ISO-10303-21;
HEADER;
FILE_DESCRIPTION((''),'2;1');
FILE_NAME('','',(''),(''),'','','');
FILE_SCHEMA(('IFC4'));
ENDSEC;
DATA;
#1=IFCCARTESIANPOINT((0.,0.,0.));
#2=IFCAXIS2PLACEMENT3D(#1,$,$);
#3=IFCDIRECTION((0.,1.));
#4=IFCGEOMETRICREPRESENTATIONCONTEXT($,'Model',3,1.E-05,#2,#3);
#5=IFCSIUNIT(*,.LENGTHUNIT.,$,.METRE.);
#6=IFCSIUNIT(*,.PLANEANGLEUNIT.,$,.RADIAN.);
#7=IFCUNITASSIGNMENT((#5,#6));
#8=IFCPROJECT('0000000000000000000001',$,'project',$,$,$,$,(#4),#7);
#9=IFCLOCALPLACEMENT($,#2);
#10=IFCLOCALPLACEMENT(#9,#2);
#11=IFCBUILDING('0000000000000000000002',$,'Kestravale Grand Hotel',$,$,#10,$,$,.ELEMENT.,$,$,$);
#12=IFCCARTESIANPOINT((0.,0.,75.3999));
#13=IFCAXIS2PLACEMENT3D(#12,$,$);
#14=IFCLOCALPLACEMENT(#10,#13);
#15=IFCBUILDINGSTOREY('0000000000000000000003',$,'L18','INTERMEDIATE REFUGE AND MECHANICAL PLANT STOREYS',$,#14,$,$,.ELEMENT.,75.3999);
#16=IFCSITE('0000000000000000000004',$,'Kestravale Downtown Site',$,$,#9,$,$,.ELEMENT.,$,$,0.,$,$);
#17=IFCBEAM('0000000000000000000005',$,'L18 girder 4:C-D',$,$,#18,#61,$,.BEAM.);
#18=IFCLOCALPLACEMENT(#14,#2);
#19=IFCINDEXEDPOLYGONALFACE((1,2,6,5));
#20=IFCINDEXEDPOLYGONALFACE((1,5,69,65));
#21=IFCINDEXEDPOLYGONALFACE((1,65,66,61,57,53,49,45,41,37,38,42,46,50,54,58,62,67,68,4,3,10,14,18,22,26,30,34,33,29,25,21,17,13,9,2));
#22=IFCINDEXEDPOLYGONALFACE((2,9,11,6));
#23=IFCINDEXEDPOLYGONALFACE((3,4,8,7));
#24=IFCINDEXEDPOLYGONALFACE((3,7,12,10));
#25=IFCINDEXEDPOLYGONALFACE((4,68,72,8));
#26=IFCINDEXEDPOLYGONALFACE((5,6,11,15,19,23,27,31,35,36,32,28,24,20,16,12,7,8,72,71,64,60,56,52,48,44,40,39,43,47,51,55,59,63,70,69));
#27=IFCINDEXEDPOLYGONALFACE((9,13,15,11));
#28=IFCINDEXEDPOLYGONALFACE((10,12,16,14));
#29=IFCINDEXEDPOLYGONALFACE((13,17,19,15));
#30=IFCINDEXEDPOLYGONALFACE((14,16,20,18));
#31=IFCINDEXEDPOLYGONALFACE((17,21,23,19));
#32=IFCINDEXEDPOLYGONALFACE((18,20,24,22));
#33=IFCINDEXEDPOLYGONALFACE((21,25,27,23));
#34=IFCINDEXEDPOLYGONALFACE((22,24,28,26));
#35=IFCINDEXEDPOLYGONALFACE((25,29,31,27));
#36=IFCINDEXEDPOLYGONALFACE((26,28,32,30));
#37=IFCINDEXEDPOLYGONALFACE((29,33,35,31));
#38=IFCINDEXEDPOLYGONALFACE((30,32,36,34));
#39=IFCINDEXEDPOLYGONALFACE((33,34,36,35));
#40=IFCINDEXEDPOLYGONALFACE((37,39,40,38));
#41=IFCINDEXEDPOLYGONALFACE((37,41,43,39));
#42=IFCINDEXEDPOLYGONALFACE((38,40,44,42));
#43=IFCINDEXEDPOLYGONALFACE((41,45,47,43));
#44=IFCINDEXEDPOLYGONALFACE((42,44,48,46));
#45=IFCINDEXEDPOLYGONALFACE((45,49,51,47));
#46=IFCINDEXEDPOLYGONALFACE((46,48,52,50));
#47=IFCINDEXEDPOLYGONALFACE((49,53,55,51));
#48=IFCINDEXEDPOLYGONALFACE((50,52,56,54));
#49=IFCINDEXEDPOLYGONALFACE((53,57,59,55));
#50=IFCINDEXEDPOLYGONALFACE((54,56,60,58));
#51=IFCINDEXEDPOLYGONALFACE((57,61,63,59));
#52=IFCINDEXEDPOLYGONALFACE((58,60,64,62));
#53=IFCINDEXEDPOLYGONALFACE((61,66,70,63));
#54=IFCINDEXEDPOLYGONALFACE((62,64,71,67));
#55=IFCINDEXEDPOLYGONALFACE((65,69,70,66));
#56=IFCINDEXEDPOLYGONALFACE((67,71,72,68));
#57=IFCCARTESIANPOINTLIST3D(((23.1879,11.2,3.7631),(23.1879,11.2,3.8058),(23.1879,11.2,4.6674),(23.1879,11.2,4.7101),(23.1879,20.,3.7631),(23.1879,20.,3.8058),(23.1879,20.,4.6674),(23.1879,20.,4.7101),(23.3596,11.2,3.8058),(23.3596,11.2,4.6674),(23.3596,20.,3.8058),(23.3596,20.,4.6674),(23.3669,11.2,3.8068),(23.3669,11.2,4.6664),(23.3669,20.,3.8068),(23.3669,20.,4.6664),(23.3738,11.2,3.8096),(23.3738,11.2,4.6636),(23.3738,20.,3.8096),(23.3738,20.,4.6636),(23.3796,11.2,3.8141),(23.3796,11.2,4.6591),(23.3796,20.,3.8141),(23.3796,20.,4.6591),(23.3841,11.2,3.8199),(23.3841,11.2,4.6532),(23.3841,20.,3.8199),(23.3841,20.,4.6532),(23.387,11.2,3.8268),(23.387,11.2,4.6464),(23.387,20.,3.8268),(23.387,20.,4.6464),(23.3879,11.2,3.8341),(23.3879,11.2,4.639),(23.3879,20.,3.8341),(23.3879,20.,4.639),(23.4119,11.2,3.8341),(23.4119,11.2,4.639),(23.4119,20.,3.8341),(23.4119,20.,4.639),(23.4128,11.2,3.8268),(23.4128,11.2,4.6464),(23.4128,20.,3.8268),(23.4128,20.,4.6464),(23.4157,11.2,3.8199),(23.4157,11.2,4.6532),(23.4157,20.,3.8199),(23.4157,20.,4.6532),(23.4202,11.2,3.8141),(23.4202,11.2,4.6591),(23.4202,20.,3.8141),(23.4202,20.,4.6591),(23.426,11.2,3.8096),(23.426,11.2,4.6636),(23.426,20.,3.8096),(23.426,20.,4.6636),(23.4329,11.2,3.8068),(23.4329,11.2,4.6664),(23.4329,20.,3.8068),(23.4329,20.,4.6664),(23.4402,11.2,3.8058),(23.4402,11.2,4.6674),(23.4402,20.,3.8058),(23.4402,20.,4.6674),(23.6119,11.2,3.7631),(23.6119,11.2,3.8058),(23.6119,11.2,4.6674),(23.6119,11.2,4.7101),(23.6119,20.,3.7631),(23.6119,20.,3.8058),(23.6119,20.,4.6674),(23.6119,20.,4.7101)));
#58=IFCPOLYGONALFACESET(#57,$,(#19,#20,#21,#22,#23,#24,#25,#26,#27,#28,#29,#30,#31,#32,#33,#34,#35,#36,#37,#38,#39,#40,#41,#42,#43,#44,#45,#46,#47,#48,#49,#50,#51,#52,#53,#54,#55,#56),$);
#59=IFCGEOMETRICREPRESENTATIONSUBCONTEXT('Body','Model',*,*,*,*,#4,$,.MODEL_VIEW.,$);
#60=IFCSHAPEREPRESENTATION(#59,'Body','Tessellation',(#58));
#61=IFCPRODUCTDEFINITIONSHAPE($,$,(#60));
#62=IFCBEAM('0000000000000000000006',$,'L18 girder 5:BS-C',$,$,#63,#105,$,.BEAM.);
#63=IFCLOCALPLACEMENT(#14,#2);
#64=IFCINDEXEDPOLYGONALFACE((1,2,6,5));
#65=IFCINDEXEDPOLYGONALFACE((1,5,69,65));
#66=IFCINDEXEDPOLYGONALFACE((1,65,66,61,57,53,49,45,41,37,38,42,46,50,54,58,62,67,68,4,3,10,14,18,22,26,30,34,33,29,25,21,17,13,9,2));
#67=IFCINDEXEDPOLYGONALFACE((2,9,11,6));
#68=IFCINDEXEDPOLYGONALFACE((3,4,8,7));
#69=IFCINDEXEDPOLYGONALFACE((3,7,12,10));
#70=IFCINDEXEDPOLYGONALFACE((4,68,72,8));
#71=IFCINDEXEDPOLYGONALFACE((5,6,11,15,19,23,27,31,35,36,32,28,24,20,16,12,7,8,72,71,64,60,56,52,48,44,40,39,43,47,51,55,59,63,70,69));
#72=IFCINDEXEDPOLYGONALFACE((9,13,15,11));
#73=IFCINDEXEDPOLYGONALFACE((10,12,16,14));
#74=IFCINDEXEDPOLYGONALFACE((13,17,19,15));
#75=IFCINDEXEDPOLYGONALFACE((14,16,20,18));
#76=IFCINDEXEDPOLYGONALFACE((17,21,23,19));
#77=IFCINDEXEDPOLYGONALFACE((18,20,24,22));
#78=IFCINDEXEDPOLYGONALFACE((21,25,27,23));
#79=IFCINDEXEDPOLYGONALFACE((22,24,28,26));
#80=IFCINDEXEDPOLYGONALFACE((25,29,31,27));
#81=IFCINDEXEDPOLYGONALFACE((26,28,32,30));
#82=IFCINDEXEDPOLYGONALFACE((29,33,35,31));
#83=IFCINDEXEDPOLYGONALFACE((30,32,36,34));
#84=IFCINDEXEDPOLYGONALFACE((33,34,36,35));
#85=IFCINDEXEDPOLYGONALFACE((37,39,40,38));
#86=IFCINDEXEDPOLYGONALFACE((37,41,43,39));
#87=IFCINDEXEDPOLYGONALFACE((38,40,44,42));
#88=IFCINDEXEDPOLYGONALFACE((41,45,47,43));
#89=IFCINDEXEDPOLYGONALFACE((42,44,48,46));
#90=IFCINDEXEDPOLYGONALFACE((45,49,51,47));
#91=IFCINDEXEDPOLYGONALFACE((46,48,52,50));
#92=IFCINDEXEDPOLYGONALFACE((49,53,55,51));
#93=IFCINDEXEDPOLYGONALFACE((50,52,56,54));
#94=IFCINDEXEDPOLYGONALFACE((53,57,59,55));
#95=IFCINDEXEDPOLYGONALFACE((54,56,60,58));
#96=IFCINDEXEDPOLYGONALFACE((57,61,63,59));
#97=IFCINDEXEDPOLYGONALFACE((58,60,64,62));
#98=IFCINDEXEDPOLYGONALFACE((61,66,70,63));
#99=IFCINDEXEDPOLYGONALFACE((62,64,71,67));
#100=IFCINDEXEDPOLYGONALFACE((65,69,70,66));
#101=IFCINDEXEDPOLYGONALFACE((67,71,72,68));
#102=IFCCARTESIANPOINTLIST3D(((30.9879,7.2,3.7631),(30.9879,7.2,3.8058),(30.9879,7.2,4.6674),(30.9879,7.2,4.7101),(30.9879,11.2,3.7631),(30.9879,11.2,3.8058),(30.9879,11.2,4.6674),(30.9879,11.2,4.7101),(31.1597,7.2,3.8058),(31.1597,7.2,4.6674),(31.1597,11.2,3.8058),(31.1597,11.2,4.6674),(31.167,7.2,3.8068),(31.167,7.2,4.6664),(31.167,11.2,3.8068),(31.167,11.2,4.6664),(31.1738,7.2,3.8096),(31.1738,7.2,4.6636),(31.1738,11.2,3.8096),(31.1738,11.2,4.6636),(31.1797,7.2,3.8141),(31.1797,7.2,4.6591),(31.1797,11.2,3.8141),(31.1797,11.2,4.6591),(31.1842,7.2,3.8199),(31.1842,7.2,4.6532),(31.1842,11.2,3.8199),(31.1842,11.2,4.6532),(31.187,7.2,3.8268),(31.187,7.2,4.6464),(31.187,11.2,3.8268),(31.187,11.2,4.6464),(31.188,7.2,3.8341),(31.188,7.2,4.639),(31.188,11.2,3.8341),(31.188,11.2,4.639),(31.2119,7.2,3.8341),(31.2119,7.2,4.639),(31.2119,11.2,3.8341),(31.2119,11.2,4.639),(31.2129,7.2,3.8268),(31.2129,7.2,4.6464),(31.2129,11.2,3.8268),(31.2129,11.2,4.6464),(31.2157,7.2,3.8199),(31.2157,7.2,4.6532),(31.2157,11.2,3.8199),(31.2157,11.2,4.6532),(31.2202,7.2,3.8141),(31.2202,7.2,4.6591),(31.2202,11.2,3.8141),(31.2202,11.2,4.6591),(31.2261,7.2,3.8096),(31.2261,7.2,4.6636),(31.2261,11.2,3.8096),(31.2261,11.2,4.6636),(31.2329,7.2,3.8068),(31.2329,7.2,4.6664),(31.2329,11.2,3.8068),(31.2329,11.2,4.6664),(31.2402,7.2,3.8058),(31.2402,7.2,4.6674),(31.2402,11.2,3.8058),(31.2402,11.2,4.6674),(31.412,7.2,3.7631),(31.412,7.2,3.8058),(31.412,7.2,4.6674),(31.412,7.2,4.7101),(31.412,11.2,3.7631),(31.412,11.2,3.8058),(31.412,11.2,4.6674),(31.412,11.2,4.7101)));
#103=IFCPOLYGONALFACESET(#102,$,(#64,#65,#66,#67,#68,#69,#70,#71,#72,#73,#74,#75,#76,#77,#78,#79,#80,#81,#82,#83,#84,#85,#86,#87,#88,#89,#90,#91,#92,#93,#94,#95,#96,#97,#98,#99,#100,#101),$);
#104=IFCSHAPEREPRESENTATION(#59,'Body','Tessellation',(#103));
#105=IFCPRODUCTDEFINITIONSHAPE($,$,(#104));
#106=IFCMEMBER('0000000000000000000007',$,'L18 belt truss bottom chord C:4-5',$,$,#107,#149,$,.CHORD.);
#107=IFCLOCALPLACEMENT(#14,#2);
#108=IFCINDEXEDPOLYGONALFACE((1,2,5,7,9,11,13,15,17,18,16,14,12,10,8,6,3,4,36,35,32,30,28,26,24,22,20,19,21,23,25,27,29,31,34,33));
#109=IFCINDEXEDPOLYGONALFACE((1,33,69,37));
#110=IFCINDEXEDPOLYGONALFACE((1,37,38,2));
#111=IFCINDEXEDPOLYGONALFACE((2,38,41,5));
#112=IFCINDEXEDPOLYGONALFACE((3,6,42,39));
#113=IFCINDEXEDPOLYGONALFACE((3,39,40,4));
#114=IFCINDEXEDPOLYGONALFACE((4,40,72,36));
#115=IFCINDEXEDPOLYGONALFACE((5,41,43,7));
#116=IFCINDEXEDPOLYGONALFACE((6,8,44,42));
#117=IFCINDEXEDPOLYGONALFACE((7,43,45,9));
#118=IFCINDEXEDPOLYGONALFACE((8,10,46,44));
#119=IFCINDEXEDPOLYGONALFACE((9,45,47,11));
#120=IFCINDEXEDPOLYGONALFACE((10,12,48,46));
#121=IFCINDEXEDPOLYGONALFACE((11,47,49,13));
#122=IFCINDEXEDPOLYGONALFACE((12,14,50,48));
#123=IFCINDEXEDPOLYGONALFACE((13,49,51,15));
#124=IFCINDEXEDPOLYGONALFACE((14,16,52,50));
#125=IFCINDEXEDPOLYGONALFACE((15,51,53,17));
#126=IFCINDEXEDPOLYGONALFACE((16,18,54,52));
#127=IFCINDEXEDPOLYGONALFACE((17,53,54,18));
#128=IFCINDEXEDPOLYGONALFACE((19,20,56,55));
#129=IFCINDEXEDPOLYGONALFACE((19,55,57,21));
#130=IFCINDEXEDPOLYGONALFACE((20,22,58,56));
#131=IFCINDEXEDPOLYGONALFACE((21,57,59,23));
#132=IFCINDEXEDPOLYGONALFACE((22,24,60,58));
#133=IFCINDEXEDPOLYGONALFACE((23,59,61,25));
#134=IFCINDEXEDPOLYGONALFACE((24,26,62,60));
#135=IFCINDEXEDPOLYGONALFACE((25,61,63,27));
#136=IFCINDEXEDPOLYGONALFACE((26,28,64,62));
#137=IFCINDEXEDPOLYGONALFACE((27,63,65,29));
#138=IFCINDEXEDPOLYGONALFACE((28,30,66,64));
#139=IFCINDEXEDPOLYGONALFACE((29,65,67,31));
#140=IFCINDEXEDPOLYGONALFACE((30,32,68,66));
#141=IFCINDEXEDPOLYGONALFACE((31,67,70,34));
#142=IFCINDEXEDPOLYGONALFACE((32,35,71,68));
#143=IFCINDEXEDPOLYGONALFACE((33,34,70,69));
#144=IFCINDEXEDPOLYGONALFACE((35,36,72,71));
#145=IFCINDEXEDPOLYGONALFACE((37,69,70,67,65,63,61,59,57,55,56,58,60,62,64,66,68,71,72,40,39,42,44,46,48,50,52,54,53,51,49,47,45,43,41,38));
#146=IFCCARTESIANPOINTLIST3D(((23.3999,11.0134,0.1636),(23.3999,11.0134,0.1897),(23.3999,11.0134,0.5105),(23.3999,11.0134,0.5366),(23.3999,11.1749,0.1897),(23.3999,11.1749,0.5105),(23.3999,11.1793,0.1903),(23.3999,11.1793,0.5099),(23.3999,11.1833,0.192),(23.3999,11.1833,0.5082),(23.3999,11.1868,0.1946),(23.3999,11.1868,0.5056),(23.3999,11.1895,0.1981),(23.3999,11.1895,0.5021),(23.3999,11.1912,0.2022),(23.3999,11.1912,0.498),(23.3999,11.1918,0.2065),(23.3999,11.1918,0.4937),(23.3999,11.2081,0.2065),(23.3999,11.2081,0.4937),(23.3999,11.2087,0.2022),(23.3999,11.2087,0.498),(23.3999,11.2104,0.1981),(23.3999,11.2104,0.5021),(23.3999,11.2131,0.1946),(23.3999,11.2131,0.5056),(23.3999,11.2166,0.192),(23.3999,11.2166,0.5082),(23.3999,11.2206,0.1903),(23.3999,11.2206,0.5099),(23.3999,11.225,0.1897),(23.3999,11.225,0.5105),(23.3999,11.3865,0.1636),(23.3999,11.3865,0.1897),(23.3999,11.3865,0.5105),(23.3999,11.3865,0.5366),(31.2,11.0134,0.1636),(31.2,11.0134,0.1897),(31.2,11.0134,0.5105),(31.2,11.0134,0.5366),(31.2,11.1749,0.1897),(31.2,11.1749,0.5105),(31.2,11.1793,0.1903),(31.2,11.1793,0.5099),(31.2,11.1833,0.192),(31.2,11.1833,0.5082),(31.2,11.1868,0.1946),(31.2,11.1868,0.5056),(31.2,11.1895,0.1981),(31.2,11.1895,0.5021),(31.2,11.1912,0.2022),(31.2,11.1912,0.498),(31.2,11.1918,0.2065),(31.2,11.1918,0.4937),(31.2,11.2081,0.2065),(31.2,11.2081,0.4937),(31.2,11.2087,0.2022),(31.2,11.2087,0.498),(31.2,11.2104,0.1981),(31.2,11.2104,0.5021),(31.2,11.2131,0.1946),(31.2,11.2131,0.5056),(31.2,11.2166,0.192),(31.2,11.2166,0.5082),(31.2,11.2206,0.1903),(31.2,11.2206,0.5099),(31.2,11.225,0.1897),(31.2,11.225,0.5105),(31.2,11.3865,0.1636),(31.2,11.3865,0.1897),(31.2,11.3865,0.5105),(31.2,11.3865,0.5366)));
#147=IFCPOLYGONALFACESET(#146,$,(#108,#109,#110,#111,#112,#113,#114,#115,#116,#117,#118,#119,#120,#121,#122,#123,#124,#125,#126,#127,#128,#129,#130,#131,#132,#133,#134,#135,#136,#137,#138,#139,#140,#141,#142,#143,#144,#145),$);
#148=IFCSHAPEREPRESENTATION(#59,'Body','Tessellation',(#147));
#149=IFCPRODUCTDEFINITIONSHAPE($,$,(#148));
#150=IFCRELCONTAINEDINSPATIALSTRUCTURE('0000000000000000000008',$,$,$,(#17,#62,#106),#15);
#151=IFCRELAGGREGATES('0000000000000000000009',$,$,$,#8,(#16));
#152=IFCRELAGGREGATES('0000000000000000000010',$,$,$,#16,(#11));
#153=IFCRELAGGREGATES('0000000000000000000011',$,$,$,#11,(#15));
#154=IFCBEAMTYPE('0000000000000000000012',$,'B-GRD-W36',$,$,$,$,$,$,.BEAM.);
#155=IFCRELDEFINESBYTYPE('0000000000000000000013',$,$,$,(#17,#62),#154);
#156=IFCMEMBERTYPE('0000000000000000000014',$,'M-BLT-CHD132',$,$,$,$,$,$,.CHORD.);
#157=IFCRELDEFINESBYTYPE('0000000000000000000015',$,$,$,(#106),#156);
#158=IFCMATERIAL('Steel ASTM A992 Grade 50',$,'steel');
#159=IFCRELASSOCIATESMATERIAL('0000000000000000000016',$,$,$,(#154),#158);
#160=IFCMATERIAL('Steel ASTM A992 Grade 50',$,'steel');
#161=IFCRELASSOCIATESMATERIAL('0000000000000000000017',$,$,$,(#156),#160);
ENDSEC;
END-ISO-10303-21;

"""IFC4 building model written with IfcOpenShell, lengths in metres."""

from ifc_helpers import new_model, si_unit, direction, frame, origin, origin_2d, place, context, subcontext, project, spatial, i_section, extrude, material, material_profile, profile_set, type_object, element, save


model = new_model("IFC4")

# Units and contexts
model_context = context("Model", 3, precision=1e-05, world=origin(), true_north=direction((0.0, 1.0)))
body_context = subcontext(model_context, "Body", "Model", "MODEL_VIEW")
ifc_project = project(units=[si_unit("LENGTHUNIT", "METRE"), si_unit("PLANEANGLEUNIT", "RADIAN")], contexts=[model_context])

# Site, building, storey
site_placement = place(None, origin())
site = spatial("IfcSite", under=ifc_project, at=site_placement, Name="Kestravale Downtown Site", CompositionType="ELEMENT", RefElevation=0.0)
building_placement = place(site_placement, origin())
building = spatial("IfcBuilding", under=site, at=building_placement, Name="Kestravale Grand Hotel", CompositionType="ELEMENT")
storey_placement = place(building_placement, frame((0.0, 0.0, 75.3999)))
storey = spatial("IfcBuildingStorey", under=building, at=storey_placement, Name="L18", Description="INTERMEDIATE REFUGE AND MECHANICAL PLANT STOREYS", CompositionType="ELEMENT", Elevation=75.3999)

# Beams
ifc_material_1 = material(Name="Steel ASTM A992 Grade 50", Category="steel")
ifc_material_profile_1 = material_profile(ifc_material_1, i_section(OverallWidth=0.4241, OverallDepth=0.947, WebThickness=0.0239, FlangeThickness=0.0427, FilletRadius=0.0283, at=origin_2d()))
ifc_profile_set_1 = profile_set([ifc_material_profile_1], Name="Steel ASTM A992 Grade 50")
beam_type_1 = type_object("IfcBeamType", Name="B-GRD-W36", PredefinedType="BEAM", material=ifc_profile_set_1)
beam_1_placement = place(storey_placement, frame((23.3999, 11.2, 4.2366), z_axis=(0.0, 1.0, 0.0), x_axis=(-1.0, 0.0, 0.0)))
element("IfcBeam", 1, at=beam_1_placement, inside=storey, type_object=beam_type_1, Name="L18 girder 4:C-D", PredefinedType="BEAM", context=body_context, shape_type="SweptSolid", body=[
    extrude(i_section(OverallWidth=0.4241, OverallDepth=0.947, WebThickness=0.0239, FlangeThickness=0.0427, FilletRadius=0.0283, at=origin_2d()), origin(), (0.0, 0.0, 1.0), 8.8),
])
beam_2_placement = place(storey_placement, frame((31.2, 7.2, 4.2366), z_axis=(0.0, 1.0, 0.0), x_axis=(-1.0, 0.0, 0.0)))
element("IfcBeam", 2, at=beam_2_placement, inside=storey, type_object=beam_type_1, Name="L18 girder 5:BS-C", PredefinedType="BEAM", context=body_context, shape_type="SweptSolid", body=[
    extrude(i_section(OverallWidth=0.4241, OverallDepth=0.947, WebThickness=0.0239, FlangeThickness=0.0427, FilletRadius=0.0283, at=origin_2d()), origin(), (0.0, 0.0, 1.0), 4.0),
])

# Member
ifc_material_2 = material(Name="Steel ASTM A992 Grade 50", Category="steel")
ifc_material_profile_2 = material_profile(ifc_material_2, i_section(OverallWidth=0.373, OverallDepth=0.373, WebThickness=0.0164, FlangeThickness=0.0261, FilletRadius=0.0168, at=origin_2d()))
ifc_profile_set_2 = profile_set([ifc_material_profile_2], Name="Steel ASTM A992 Grade 50")
member_type_1 = type_object("IfcMemberType", Name="M-BLT-CHD132", PredefinedType="CHORD", material=ifc_profile_set_2)
member_placement = place(storey_placement, frame((23.3999, 11.2, 0.3501), z_axis=(1.0, 0.0, 0.0), x_axis=(0.0, 1.0, 0.0)))
element("IfcMember", 3, at=member_placement, inside=storey, type_object=member_type_1, Name="L18 belt truss bottom chord C:4-5", PredefinedType="CHORD", context=body_context, shape_type="SweptSolid", body=[
    extrude(i_section(OverallWidth=0.373, OverallDepth=0.373, WebThickness=0.0164, FlangeThickness=0.0261, FilletRadius=0.0168, at=origin_2d()), origin(), (0.0, 0.0, 1.0), 7.8),
])

save(model, "model.ifc")
